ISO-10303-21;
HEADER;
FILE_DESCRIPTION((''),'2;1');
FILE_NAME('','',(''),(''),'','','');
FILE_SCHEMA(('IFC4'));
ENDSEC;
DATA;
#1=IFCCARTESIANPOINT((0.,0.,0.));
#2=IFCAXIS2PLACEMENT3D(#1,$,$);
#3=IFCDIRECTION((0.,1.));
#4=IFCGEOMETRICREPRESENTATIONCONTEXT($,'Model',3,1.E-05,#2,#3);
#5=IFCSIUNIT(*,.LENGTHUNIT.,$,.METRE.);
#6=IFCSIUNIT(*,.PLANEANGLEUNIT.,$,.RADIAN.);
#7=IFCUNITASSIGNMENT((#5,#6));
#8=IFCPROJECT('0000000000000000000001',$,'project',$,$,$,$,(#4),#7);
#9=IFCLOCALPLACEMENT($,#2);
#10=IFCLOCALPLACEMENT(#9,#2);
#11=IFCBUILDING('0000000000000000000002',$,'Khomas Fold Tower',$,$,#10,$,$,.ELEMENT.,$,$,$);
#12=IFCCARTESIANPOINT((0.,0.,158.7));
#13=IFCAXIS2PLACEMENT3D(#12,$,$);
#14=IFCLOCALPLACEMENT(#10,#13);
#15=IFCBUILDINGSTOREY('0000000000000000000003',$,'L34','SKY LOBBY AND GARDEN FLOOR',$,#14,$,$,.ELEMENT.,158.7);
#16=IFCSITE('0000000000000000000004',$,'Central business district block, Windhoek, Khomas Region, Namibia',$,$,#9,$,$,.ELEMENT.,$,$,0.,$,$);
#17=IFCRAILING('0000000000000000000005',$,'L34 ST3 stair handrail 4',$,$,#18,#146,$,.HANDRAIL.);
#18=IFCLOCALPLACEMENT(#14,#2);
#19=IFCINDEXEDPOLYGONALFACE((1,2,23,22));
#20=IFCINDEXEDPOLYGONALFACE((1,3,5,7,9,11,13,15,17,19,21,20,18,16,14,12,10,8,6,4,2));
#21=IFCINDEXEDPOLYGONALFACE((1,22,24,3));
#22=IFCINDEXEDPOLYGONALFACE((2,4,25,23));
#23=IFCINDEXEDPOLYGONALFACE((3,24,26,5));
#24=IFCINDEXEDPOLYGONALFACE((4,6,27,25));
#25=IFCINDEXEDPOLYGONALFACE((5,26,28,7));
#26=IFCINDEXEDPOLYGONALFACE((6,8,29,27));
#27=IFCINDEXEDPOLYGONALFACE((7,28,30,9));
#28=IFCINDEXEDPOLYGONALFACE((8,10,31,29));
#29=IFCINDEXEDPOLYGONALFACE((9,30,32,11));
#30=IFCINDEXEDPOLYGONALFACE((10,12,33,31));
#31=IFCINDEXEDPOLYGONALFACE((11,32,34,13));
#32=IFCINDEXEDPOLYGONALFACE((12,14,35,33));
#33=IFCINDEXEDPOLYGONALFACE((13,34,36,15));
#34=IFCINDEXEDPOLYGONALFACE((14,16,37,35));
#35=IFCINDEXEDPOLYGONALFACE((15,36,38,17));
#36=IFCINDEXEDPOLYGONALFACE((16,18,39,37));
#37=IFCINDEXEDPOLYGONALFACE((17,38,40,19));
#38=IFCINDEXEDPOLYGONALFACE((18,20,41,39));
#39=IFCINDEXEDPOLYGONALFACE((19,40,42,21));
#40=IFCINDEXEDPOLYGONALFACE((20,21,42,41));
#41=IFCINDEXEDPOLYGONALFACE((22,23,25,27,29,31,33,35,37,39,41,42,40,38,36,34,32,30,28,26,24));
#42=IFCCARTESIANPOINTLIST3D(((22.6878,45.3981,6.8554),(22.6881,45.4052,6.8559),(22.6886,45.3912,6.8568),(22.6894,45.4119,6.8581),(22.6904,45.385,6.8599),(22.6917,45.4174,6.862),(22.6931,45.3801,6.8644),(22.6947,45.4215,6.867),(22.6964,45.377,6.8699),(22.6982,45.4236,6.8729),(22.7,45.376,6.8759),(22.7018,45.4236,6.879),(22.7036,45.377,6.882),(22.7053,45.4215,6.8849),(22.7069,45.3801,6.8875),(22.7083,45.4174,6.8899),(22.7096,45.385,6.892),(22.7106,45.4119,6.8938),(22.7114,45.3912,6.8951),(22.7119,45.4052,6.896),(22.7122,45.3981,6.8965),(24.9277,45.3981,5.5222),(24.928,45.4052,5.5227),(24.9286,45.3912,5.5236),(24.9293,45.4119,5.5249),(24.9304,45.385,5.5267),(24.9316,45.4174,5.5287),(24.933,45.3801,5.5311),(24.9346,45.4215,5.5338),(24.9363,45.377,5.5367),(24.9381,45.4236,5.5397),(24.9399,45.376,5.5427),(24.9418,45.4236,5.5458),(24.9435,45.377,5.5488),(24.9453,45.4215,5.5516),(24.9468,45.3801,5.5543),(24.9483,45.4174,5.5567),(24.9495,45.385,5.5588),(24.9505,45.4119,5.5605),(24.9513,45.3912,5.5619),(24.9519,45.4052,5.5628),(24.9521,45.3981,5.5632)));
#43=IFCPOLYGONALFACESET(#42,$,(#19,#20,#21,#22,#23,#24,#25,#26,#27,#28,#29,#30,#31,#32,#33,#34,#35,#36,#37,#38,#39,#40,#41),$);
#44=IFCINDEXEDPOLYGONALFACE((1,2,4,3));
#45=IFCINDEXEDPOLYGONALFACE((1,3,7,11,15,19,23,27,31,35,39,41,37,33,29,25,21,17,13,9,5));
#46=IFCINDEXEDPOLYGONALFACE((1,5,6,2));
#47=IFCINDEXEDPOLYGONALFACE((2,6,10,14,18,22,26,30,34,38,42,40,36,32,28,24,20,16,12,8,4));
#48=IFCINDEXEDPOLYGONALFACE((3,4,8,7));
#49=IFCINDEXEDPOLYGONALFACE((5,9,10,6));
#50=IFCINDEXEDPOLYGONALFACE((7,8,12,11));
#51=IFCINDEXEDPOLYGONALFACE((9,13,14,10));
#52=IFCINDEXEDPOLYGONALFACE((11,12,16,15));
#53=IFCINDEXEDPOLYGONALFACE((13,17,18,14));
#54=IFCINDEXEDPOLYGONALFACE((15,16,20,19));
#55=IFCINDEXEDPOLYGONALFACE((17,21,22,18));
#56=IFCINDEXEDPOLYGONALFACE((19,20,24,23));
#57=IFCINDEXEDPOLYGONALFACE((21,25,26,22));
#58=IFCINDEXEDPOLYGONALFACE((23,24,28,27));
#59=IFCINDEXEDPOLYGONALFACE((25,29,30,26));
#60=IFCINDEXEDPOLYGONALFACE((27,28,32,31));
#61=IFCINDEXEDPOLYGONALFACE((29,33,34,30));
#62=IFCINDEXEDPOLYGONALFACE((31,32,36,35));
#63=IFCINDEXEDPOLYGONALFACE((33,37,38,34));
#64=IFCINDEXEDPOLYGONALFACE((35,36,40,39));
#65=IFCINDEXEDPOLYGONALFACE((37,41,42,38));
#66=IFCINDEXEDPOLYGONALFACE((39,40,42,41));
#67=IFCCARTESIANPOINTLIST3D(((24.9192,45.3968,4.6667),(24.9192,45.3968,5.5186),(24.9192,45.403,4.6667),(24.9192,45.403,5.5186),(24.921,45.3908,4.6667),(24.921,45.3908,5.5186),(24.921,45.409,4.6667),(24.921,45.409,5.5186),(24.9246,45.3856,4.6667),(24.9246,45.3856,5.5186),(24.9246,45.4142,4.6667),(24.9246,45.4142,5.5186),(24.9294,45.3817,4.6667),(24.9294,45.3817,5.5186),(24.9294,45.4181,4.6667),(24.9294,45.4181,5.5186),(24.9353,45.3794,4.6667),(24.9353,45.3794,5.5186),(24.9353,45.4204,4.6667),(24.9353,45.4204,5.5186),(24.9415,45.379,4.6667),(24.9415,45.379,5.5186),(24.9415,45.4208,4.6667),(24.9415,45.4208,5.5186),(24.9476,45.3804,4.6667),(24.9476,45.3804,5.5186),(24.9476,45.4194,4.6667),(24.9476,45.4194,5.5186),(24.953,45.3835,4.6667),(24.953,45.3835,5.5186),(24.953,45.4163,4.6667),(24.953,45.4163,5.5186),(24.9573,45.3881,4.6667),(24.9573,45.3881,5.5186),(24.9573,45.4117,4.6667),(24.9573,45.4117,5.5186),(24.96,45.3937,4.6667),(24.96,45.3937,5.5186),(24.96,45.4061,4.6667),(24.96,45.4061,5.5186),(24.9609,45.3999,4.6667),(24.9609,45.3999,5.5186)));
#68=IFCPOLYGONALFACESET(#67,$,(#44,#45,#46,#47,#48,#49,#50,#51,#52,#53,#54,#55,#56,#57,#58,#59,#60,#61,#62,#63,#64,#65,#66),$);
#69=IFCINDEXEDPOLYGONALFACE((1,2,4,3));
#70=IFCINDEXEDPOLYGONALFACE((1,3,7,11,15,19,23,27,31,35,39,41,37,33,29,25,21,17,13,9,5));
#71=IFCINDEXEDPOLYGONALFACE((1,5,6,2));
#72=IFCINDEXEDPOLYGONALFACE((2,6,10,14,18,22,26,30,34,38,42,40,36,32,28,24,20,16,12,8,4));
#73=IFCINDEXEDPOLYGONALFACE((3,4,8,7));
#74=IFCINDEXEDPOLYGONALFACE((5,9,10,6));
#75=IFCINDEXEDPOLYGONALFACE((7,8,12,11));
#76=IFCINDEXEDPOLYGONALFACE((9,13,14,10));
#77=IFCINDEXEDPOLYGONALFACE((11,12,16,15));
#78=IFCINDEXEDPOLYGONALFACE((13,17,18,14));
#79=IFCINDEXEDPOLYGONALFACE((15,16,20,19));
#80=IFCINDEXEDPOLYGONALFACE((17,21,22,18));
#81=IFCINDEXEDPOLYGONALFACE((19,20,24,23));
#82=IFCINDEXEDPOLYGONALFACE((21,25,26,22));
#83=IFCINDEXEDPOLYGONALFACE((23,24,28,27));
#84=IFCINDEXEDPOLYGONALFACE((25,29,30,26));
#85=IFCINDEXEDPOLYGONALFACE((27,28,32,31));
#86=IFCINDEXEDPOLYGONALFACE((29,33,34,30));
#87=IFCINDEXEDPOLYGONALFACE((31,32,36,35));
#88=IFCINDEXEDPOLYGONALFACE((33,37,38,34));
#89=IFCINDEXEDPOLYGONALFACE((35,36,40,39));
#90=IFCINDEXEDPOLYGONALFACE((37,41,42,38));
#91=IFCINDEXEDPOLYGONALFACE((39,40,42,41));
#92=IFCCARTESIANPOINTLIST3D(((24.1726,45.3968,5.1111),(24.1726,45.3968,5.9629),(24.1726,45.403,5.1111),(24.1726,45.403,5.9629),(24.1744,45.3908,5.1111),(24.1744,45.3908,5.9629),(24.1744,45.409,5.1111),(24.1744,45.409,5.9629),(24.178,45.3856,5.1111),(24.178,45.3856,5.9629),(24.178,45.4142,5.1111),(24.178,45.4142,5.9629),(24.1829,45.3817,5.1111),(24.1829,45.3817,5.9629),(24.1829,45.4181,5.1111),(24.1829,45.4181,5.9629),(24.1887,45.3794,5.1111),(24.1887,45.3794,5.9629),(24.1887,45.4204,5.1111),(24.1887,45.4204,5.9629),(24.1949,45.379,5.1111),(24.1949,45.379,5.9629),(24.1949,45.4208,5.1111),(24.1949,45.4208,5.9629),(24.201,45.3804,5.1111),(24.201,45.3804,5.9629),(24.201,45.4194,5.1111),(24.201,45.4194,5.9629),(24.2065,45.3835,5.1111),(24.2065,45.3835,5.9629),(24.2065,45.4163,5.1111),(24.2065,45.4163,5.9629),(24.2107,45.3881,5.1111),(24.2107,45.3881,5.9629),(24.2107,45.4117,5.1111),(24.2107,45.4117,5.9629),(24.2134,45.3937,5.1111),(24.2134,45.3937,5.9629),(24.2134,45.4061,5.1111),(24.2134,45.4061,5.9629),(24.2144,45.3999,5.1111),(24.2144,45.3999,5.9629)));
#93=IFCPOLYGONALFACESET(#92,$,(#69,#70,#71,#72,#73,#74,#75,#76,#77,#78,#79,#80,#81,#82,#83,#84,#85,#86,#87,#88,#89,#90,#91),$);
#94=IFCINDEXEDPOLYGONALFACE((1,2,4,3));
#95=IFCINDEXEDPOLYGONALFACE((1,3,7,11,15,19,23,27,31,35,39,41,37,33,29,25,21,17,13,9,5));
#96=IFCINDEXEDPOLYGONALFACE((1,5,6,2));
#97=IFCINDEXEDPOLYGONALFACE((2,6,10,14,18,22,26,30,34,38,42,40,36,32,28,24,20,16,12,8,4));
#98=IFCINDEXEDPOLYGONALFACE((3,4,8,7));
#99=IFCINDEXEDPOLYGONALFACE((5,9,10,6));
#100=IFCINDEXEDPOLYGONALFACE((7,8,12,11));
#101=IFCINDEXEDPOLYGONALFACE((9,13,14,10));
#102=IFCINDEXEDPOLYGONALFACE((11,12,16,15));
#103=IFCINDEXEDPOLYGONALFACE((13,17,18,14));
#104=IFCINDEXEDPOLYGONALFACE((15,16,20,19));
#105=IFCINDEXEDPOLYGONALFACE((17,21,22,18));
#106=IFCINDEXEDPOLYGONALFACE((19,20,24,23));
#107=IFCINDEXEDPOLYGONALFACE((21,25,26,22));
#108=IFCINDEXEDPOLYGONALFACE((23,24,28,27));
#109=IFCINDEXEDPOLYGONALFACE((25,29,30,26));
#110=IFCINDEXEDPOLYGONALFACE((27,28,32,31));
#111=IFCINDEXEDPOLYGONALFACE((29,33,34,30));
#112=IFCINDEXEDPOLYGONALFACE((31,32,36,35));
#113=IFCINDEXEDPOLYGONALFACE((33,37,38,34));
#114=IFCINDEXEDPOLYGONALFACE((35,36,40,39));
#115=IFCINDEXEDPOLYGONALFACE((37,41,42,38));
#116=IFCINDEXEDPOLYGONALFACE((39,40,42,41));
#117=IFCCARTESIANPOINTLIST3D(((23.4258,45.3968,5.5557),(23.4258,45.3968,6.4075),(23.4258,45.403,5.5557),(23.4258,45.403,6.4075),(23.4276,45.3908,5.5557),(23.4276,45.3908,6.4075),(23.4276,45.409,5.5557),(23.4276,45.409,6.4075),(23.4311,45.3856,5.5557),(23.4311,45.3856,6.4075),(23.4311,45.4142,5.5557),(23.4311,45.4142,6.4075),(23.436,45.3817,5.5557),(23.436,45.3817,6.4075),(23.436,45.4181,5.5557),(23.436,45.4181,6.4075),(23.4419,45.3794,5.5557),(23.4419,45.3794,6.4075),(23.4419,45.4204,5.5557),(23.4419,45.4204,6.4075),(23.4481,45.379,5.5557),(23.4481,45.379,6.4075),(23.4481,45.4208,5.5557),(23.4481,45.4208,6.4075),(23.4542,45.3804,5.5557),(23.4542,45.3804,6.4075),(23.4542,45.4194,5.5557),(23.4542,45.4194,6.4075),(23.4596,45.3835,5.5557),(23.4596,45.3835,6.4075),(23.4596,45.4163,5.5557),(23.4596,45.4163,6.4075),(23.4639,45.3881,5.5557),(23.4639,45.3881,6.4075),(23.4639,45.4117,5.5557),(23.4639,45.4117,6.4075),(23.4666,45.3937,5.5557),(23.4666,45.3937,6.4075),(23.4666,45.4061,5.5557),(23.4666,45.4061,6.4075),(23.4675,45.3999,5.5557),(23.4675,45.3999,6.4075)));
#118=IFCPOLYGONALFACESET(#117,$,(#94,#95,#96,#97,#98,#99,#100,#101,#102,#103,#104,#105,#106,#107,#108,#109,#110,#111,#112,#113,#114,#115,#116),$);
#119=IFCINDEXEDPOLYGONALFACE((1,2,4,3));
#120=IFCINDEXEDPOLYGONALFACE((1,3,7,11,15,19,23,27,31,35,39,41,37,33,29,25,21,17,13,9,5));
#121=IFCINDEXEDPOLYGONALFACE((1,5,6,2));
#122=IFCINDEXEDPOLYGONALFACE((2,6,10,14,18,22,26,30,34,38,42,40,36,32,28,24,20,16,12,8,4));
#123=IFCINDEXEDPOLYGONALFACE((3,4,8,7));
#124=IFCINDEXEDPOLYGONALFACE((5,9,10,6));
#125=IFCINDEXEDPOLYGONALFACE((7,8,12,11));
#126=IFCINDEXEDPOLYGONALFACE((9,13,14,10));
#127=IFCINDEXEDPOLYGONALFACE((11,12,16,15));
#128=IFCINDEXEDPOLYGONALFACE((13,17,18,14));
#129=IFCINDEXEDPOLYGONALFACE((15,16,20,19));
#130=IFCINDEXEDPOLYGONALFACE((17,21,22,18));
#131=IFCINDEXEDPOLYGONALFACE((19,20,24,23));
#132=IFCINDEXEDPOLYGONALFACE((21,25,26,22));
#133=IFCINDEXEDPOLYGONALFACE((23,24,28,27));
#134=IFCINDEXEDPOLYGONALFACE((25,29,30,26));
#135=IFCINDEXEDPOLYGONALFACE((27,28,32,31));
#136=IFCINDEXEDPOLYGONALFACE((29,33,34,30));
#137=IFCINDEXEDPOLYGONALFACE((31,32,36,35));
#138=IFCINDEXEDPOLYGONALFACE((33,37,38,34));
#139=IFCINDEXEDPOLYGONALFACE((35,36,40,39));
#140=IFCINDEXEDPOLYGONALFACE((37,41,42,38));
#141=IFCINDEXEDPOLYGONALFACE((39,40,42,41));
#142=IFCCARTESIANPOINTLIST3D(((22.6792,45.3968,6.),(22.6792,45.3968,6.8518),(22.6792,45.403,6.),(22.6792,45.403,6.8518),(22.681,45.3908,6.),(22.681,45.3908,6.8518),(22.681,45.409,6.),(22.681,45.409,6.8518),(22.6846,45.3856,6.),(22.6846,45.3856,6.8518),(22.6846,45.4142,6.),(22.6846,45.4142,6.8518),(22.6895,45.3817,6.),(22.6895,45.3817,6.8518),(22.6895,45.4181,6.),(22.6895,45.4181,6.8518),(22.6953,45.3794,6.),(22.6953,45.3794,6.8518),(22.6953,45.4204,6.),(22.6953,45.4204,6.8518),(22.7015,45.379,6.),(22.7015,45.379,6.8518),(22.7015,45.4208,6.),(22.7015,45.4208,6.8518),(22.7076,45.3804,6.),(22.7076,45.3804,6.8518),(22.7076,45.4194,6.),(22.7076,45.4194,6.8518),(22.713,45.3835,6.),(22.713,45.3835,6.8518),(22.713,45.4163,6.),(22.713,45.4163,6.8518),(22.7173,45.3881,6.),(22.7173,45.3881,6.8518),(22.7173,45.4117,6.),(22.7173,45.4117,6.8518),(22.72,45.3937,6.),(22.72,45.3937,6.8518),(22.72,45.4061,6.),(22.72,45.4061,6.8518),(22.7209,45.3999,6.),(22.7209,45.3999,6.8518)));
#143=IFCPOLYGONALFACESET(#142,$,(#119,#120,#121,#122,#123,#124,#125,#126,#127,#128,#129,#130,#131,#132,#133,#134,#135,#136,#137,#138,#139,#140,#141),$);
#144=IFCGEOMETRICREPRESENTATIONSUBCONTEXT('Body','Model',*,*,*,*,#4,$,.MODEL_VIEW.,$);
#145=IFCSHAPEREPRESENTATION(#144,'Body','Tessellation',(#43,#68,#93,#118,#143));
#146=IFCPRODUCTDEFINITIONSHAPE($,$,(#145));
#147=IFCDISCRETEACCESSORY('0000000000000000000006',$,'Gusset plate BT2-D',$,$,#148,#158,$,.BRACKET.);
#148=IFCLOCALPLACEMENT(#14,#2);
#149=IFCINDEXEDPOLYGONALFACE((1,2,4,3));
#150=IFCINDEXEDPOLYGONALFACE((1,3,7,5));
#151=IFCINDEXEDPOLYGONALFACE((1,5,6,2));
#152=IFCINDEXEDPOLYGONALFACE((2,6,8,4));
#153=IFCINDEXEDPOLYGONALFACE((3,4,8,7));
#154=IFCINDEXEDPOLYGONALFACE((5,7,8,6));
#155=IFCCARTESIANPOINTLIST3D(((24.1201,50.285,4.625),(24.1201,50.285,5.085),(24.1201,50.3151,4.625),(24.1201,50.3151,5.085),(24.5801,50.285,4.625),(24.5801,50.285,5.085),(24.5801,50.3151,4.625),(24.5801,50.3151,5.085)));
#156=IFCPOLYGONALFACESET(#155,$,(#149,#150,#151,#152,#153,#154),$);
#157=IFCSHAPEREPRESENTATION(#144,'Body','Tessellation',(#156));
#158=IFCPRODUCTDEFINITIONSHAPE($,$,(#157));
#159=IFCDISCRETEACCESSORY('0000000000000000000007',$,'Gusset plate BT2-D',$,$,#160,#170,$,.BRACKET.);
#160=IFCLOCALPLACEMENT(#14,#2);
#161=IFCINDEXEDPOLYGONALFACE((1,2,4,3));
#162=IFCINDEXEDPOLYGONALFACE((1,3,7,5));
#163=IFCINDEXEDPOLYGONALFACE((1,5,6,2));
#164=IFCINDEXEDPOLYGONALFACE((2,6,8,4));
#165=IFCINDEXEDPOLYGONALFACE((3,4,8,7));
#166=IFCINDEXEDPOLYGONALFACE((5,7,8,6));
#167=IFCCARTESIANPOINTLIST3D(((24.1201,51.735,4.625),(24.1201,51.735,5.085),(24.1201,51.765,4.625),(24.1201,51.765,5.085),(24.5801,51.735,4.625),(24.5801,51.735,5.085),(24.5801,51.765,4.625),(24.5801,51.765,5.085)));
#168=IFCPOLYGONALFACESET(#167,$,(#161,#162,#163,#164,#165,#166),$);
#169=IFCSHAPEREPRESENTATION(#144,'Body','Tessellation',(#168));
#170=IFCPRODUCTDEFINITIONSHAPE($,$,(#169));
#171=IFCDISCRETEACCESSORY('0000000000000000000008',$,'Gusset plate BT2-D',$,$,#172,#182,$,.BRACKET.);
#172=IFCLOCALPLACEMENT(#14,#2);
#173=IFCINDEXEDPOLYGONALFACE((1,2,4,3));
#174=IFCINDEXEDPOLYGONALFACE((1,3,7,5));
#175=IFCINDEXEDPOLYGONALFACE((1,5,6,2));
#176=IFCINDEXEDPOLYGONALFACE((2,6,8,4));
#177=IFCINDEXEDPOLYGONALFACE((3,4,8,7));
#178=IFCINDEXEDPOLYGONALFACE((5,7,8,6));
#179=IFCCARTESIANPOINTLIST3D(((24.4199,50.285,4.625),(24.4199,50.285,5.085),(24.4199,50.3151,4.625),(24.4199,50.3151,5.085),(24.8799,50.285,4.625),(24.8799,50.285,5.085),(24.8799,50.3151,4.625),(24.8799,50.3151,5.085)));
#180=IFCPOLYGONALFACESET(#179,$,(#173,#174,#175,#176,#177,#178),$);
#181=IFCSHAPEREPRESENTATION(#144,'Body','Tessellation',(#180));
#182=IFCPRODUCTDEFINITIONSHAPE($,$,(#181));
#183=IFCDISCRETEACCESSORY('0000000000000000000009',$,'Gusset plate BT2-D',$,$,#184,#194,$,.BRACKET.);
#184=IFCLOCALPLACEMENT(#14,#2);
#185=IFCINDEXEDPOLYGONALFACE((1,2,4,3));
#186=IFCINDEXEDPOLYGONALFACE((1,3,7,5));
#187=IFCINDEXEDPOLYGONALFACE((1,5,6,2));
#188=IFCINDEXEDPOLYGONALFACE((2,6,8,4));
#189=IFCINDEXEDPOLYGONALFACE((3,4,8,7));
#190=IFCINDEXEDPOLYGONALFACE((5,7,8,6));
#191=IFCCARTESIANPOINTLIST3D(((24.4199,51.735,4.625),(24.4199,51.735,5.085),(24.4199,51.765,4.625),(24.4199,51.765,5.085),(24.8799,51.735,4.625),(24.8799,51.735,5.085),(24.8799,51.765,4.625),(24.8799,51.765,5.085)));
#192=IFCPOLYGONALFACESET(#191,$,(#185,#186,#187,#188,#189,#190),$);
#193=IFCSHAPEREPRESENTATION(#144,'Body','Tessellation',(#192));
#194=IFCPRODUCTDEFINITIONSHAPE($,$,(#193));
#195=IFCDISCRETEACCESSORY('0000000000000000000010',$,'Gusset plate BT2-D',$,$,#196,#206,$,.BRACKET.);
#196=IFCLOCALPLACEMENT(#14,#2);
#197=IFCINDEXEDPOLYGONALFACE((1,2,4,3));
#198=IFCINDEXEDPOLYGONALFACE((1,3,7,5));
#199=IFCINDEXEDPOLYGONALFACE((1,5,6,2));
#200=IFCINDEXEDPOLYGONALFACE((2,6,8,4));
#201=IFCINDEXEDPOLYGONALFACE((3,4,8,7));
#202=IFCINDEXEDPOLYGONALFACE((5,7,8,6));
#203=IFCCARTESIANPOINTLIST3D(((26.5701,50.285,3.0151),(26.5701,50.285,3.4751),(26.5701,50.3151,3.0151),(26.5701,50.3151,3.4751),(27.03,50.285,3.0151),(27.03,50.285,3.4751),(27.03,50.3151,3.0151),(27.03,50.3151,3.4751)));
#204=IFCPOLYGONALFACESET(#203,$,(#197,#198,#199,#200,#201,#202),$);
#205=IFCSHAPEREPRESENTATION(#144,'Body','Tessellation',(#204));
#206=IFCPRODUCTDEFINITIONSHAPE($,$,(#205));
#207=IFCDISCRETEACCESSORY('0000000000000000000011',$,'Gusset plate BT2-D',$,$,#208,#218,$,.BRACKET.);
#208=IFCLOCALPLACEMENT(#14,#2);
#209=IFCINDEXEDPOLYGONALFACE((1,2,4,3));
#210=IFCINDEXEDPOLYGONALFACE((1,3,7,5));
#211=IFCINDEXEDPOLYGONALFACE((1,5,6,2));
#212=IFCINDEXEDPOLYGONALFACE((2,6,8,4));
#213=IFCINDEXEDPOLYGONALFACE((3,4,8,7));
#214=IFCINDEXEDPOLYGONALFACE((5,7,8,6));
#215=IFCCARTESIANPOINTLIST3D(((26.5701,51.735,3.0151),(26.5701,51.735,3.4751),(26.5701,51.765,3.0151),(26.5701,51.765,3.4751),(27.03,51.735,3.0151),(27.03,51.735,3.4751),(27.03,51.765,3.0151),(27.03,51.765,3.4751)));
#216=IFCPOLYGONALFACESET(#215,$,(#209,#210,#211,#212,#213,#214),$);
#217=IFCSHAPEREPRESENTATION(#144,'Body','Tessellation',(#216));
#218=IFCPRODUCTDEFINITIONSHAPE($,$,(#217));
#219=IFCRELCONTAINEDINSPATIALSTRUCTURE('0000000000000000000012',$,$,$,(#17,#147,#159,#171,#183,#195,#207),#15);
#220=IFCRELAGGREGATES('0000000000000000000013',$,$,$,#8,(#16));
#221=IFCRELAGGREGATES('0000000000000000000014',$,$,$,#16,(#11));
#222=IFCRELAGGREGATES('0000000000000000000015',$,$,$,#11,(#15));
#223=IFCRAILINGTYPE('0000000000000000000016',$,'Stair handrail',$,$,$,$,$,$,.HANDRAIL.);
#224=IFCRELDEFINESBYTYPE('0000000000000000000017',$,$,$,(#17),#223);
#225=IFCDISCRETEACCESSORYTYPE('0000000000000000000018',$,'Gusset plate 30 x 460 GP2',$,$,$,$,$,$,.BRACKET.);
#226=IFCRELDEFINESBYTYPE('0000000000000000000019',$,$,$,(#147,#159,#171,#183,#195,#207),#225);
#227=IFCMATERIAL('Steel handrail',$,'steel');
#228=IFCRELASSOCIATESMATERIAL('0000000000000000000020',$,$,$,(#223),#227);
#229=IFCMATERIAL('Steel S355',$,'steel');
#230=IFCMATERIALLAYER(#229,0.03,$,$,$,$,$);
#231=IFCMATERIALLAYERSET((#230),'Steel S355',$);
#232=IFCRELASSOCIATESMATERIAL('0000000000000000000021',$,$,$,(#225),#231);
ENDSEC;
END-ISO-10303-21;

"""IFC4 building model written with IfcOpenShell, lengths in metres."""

from ifc_helpers import new_model, si_unit, direction, frame, origin, origin_2d, place, context, subcontext, project, spatial, rectangle, circle, extrude, source, transform, mapped, material, layer, layer_set, type_object, element, save


model = new_model("IFC4")

# Units and contexts
model_context = context("Model", 3, precision=1e-05, world=origin(), true_north=direction((0.0, 1.0)))
body_context = subcontext(model_context, "Body", "Model", "MODEL_VIEW")
ifc_project = project(units=[si_unit("LENGTHUNIT", "METRE"), si_unit("PLANEANGLEUNIT", "RADIAN")], contexts=[model_context])

# Site, building, storey
site_placement = place(None, origin())
site = spatial("IfcSite", under=ifc_project, at=site_placement, Name="Central business district block, Windhoek, Khomas Region, Namibia", CompositionType="ELEMENT", RefElevation=0.0)
building_placement = place(site_placement, origin())
building = spatial("IfcBuilding", under=site, at=building_placement, Name="Khomas Fold Tower", CompositionType="ELEMENT")
storey_placement = place(building_placement, frame((0.0, 0.0, 158.7)))
storey = spatial("IfcBuildingStorey", under=building, at=storey_placement, Name="L34", Description="SKY LOBBY AND GARDEN FLOOR", CompositionType="ELEMENT", Elevation=158.7)

# Railing
ifc_material_1 = material(Name="Steel handrail", Category="steel")
railing_type_1 = type_object("IfcRailingType", Name="Stair handrail", PredefinedType="HANDRAIL", material=ifc_material_1)
shared_shape_1 = source(origin(), body_context, "Body", "SweptSolid", [
    extrude(circle(Radius=0.0239, at=origin_2d()), frame((0.0, 0.0, 0.876), z_axis=(-0.859306, 0.0, 0.511462), x_axis=(0.0, -1.0, 0.0)), (0.0, 0.0, 1.0), 2.6067),
    extrude(circle(Radius=0.021, at=origin_2d()), origin(), (0.0, 0.0, 1.0), 0.8518),
    extrude(circle(Radius=0.021, at=origin_2d()), frame((-0.7466, 0.0, 0.4443)), (0.0, 0.0, 1.0), 0.8518),
    extrude(circle(Radius=0.021, at=origin_2d()), frame((-1.4934, 0.0, 0.8889)), (0.0, 0.0, 1.0), 0.8518),
    extrude(circle(Radius=0.021, at=origin_2d()), frame((-2.24, 0.0, 1.3333)), (0.0, 0.0, 1.0), 0.8518),
])
for number, where, name in (
    (1, (24.9399, 45.3999, 4.6667), "L34 ST3 stair handrail 4"),
):
    element("IfcRailing", number, at=place(storey_placement, frame(where)), inside=storey, type_object=railing_type_1, Name=name, PredefinedType="HANDRAIL", context=body_context, shape_type="MappedRepresentation", body=[
        mapped(shared_shape_1, transform((0.0, 0.0, 0.0))),
    ])

# Discrete accessories
ifc_material_2 = material(Name="Steel S355", Category="steel")
ifc_layer_1 = layer(ifc_material_2, 0.03)
ifc_layer_set_1 = layer_set([ifc_layer_1], Name="Steel S355")
discrete_accessory_type = type_object("IfcDiscreteAccessoryType", Name="Gusset plate 30 x 460 GP2", PredefinedType="BRACKET", material=ifc_layer_set_1)
shared_shape_2 = source(origin(), body_context, "Body", "SweptSolid", [
    extrude(rectangle(XDim=0.46, YDim=0.03, at=origin_2d()), origin(), (0.0, 0.0, 1.0), 0.46),
])
for number, where, z_axis, x_axis, name in (
    (2, (24.3501, 50.3, 4.625), (0.0, 0.0, 1.0), (1.0, 0.0, 0.0), "Gusset plate BT2-D"),
    (3, (24.3501, 51.75, 4.625), (0.0, 0.0, 1.0), (1.0, 0.0, 0.0), "Gusset plate BT2-D"),
    (4, (24.6499, 50.3, 4.625), (0.0, 0.0, 1.0), (1.0, 0.0, 0.0), "Gusset plate BT2-D"),
    (5, (24.6499, 51.75, 4.625), (0.0, 0.0, 1.0), (1.0, 0.0, 0.0), "Gusset plate BT2-D"),
    (6, (26.8, 50.3, 3.0151), (0.0, 0.0, 1.0), (1.0, 0.0, 0.0), "Gusset plate BT2-D"),
    (7, (26.8, 51.75, 3.0151), (0.0, 0.0, 1.0), (1.0, 0.0, 0.0), "Gusset plate BT2-D"),
):
    element("IfcDiscreteAccessory", number, at=place(storey_placement, frame(where, z_axis=z_axis, x_axis=x_axis)), inside=storey, type_object=discrete_accessory_type, Name=name, PredefinedType="BRACKET", context=body_context, shape_type="MappedRepresentation", body=[
        mapped(shared_shape_2, transform((0.0, 0.0, 0.0))),
    ])

save(model, "model.ifc")
